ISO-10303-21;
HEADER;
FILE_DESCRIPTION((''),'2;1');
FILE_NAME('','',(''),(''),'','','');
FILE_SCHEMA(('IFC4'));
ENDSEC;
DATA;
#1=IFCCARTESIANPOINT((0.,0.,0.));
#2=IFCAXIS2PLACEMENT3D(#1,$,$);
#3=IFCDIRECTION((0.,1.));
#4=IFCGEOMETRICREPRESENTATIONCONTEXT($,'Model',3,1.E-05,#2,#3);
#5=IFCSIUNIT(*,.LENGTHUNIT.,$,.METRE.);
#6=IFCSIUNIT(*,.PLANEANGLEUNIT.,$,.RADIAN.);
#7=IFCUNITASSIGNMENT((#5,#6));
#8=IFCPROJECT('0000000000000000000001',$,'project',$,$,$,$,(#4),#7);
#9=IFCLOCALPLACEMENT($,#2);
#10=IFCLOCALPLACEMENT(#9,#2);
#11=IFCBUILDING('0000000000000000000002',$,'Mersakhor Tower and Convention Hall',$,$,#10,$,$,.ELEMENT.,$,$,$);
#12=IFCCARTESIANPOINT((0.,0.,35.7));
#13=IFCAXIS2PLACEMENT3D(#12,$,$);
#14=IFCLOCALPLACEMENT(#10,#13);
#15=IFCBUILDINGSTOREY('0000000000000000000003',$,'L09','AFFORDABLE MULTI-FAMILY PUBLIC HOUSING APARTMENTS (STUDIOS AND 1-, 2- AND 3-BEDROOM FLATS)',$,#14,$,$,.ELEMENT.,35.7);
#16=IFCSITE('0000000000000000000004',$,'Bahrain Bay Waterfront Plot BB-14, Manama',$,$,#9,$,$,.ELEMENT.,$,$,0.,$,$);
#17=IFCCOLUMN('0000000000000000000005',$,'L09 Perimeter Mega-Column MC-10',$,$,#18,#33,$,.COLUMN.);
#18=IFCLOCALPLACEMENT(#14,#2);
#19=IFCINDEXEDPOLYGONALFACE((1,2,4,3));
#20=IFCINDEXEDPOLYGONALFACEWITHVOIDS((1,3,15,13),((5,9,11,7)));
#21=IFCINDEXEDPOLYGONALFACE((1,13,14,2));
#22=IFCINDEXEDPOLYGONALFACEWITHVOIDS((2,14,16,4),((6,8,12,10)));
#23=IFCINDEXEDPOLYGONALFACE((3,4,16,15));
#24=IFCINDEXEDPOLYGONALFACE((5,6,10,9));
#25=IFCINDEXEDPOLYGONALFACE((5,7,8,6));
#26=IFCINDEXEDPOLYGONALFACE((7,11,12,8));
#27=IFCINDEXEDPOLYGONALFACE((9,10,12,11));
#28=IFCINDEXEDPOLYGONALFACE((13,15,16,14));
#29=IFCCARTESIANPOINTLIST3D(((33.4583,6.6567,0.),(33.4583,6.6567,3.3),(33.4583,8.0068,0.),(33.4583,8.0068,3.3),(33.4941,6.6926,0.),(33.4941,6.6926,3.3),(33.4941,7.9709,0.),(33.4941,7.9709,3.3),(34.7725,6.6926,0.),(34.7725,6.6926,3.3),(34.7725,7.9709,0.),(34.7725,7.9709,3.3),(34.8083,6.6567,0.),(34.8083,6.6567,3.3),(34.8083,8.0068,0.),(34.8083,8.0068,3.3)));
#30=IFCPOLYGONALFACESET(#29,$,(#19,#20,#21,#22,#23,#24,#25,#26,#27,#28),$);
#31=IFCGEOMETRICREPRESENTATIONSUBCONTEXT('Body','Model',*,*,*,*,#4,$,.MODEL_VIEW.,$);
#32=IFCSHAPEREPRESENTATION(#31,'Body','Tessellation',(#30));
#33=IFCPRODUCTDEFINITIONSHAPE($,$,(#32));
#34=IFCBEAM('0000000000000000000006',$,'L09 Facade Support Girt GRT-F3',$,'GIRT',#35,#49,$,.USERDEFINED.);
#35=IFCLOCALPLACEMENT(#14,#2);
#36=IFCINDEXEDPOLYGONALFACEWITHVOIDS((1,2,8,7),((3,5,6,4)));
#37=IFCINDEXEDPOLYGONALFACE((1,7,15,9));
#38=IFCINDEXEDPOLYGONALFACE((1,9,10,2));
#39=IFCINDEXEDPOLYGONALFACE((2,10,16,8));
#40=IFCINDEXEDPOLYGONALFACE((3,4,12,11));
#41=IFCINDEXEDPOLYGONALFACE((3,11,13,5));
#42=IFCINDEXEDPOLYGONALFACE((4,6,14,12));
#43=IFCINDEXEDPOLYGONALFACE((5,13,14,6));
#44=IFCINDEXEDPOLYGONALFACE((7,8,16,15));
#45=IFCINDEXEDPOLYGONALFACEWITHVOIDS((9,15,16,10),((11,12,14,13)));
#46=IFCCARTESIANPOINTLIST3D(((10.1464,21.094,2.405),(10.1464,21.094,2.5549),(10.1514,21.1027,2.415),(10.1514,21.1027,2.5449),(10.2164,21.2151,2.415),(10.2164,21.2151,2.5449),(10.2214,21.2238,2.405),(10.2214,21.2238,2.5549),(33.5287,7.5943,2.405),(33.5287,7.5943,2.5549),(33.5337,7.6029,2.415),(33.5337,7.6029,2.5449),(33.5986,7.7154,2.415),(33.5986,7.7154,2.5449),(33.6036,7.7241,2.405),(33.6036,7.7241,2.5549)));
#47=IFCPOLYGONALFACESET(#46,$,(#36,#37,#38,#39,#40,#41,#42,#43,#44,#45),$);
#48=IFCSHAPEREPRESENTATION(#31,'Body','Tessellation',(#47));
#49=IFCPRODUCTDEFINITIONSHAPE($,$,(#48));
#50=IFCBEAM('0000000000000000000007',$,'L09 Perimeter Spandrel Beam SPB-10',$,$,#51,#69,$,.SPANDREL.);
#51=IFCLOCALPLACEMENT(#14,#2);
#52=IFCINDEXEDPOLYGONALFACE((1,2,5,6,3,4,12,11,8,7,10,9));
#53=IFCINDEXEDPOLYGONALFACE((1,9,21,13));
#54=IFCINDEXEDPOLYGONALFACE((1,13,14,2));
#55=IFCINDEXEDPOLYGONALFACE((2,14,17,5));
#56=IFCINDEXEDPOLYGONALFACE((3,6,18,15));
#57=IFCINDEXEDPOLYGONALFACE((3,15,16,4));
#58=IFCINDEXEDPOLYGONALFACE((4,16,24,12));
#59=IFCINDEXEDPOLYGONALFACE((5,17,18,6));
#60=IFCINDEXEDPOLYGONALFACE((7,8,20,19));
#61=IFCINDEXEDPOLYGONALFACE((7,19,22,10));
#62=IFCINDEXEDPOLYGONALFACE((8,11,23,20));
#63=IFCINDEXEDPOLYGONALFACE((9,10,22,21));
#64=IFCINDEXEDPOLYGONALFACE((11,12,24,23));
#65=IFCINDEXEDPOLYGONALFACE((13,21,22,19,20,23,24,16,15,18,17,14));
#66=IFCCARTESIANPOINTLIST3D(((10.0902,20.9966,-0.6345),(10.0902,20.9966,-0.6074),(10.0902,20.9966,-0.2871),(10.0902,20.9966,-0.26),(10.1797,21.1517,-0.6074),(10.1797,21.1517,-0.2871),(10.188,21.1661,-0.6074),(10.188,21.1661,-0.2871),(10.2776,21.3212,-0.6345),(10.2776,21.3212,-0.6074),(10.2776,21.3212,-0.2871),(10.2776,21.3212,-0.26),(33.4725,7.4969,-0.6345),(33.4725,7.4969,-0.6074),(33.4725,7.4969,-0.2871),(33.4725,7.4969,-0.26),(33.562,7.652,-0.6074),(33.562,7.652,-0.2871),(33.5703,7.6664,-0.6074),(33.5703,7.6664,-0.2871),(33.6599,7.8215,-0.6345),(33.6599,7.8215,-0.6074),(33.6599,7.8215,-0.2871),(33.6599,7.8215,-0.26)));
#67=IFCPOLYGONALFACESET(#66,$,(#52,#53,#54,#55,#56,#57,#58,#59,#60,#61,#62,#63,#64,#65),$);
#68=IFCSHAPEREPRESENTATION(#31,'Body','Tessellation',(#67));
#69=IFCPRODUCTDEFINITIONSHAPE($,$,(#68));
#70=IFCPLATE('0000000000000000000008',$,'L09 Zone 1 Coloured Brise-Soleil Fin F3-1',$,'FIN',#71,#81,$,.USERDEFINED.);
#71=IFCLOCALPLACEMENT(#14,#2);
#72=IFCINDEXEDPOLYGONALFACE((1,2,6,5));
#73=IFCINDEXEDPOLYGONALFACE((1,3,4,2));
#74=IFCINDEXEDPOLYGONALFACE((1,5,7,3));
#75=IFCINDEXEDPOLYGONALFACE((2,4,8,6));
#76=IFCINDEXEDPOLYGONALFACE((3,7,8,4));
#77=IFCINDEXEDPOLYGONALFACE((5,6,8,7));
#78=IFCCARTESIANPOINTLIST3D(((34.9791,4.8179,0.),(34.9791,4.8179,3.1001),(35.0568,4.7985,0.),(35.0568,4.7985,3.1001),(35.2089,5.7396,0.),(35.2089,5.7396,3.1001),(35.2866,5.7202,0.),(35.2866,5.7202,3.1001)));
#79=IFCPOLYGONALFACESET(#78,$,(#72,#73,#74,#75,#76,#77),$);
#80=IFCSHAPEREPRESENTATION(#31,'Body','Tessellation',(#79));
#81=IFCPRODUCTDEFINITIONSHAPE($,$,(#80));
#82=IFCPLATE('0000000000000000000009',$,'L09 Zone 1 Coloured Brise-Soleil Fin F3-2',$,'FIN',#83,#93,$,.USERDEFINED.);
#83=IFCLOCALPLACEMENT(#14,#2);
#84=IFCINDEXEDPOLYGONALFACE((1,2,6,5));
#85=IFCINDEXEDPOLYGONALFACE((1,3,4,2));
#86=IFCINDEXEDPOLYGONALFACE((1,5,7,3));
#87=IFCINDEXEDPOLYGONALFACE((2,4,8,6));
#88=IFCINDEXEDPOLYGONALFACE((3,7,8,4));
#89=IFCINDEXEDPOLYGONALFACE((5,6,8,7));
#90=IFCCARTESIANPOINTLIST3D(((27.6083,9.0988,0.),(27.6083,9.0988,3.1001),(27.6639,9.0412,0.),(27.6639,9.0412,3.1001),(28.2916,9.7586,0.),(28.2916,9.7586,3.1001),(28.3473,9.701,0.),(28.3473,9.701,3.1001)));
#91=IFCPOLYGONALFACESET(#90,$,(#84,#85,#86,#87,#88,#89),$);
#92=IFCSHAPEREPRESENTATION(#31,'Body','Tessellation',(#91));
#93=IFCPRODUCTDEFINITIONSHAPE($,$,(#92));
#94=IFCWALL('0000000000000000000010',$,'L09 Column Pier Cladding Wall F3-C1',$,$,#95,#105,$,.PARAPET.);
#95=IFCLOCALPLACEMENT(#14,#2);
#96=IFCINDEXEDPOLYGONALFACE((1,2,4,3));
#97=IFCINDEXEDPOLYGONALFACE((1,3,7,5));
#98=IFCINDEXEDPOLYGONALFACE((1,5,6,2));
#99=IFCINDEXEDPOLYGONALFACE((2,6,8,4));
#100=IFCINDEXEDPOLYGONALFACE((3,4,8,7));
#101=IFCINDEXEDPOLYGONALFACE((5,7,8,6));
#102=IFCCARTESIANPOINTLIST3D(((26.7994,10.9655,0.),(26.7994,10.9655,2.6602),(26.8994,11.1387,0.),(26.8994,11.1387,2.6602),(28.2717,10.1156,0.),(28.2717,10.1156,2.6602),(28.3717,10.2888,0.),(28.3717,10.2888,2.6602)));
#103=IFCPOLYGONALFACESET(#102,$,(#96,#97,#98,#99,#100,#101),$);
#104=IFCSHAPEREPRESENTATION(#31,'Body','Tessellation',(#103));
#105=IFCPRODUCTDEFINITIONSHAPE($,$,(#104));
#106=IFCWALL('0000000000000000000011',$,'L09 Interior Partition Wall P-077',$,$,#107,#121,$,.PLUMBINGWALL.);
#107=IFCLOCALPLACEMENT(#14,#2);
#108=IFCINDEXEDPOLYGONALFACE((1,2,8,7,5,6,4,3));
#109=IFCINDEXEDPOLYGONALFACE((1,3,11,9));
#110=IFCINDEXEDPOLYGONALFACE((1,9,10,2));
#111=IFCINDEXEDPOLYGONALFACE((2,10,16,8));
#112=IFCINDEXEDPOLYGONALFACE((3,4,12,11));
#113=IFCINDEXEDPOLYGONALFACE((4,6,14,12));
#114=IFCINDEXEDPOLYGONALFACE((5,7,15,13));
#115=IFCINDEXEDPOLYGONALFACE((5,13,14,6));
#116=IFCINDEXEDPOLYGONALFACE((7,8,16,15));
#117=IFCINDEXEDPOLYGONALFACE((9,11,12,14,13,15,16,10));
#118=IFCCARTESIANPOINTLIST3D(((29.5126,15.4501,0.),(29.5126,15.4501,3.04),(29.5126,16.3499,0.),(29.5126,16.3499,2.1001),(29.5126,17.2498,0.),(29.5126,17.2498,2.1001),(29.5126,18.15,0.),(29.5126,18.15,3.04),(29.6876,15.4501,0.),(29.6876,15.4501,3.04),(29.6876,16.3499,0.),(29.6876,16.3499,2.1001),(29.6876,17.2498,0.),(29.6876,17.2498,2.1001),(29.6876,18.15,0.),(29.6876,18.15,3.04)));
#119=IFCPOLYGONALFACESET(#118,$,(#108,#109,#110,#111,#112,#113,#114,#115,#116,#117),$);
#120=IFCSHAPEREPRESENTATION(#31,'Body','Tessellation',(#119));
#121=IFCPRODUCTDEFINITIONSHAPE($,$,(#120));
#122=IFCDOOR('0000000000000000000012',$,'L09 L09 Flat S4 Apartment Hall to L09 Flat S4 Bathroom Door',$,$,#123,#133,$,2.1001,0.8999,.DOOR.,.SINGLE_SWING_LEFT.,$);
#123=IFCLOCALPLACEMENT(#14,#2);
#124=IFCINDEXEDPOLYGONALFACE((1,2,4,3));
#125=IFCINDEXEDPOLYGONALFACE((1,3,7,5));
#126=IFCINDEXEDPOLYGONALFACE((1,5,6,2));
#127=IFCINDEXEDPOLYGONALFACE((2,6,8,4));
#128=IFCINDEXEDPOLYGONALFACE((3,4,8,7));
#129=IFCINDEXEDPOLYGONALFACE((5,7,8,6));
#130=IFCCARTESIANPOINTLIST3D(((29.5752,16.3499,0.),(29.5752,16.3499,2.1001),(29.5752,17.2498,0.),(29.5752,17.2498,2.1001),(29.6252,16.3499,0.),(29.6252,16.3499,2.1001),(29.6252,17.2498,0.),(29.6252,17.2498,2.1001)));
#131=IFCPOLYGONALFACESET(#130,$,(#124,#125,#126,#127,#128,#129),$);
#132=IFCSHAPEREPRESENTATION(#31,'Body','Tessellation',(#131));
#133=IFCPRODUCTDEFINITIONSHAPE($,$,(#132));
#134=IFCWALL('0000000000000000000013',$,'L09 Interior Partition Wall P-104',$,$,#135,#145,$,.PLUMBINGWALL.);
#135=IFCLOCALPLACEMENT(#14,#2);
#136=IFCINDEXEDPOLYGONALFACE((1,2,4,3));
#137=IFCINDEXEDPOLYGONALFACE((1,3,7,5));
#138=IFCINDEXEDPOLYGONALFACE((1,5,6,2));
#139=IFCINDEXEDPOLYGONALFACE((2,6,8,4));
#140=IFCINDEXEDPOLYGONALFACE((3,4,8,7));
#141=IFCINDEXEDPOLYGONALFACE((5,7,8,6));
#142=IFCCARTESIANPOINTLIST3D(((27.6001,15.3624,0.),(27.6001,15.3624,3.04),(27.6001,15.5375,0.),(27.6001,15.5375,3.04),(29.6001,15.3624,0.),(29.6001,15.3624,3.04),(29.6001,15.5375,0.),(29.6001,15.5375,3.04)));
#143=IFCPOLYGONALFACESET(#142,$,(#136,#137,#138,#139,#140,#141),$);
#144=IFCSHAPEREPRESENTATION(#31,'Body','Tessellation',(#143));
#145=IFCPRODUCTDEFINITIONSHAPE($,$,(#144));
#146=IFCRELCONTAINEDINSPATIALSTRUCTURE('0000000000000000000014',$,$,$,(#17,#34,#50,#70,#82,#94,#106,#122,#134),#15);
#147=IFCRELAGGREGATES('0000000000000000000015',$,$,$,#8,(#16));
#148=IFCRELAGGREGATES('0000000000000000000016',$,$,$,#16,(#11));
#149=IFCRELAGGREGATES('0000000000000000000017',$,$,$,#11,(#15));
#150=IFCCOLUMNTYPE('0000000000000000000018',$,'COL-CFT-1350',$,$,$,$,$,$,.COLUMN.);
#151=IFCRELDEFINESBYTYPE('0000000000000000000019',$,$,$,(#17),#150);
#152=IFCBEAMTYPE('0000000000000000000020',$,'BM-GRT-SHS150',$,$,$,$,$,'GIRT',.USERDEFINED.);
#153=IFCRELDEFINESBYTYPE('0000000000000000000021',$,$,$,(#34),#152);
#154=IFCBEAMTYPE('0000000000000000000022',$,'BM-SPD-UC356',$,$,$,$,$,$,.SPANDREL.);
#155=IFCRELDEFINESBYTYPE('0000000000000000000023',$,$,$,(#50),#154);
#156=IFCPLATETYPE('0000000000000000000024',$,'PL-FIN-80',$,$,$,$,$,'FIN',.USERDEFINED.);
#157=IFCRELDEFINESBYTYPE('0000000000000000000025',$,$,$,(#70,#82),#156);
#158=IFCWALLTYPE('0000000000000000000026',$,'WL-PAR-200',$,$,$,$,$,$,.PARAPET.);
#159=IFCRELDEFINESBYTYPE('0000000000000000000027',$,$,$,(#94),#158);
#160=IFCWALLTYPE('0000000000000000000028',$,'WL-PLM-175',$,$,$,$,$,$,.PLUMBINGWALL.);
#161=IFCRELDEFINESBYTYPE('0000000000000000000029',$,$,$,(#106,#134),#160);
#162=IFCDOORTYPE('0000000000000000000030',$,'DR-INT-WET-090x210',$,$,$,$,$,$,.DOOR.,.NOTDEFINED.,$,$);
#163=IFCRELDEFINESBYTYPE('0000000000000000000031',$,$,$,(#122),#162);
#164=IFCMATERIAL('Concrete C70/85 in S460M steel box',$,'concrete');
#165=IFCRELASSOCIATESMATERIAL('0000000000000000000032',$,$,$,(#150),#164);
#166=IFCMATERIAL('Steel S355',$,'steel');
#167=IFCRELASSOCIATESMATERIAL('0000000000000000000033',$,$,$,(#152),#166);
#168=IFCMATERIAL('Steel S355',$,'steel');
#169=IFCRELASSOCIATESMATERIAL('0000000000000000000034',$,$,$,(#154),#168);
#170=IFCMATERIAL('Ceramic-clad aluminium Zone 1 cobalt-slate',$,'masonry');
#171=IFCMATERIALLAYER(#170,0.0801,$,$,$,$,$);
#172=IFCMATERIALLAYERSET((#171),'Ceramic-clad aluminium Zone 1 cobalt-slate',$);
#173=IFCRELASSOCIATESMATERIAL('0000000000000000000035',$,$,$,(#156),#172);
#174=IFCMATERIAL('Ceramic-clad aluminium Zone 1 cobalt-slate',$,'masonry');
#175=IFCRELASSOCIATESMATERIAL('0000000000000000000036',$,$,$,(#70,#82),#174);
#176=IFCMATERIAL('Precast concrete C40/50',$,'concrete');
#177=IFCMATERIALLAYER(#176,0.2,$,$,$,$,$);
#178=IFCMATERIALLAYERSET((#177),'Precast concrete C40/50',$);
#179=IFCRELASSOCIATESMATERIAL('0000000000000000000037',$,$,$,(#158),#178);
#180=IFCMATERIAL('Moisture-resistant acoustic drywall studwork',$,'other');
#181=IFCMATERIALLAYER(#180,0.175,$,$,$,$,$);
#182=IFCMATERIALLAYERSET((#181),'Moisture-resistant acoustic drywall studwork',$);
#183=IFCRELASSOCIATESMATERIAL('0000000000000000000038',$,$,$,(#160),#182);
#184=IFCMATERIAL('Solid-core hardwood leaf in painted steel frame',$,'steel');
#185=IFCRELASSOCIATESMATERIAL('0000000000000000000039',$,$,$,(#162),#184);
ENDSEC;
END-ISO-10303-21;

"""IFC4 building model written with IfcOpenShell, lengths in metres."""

from ifc_helpers import new_model, si_unit, direction, frame, frame_2d, origin, origin_2d, place, context, subcontext, project, spatial, rectangle, hollow_rectangle, i_section, extrude, material, layer, layer_set, material_profile, profile_set, type_object, element, fill, save


model = new_model("IFC4")

# Units and contexts
model_context = context("Model", 3, precision=1e-05, world=origin(), true_north=direction((0.0, 1.0)))
body_context = subcontext(model_context, "Body", "Model", "MODEL_VIEW")
ifc_project = project(units=[si_unit("LENGTHUNIT", "METRE"), si_unit("PLANEANGLEUNIT", "RADIAN")], contexts=[model_context])

# Site, building, storey
site_placement = place(None, origin())
site = spatial("IfcSite", under=ifc_project, at=site_placement, Name="Bahrain Bay Waterfront Plot BB-14, Manama", CompositionType="ELEMENT", RefElevation=0.0)
building_placement = place(site_placement, origin())
building = spatial("IfcBuilding", under=site, at=building_placement, Name="Mersakhor Tower and Convention Hall", CompositionType="ELEMENT")
storey_placement = place(building_placement, frame((0.0, 0.0, 35.7)))
storey = spatial("IfcBuildingStorey", under=building, at=storey_placement, Name="L09", Description="AFFORDABLE MULTI-FAMILY PUBLIC HOUSING APARTMENTS (STUDIOS AND 1-, 2- AND 3-BEDROOM FLATS)", CompositionType="ELEMENT", Elevation=35.7)

# Column
ifc_material_1 = material(Name="Concrete C70/85 in S460M steel box", Category="concrete")
ifc_material_profile_1 = material_profile(ifc_material_1, hollow_rectangle(XDim=1.3501, YDim=1.3501, WallThickness=0.0359, at=origin_2d()), Name="SHS 1350x1350x36")
ifc_profile_set_1 = profile_set([ifc_material_profile_1], Name="Concrete C70/85 in S460M steel box")
column_type = type_object("IfcColumnType", Name="COL-CFT-1350", PredefinedType="COLUMN", material=ifc_profile_set_1)
column_placement = place(storey_placement, frame((34.1333, 7.3318, 0.0), z_axis=(0.0, 0.0, 1.0), x_axis=(1.0, 0.0, 0.0)))
element("IfcColumn", 1, at=column_placement, inside=storey, type_object=column_type, Name="L09 Perimeter Mega-Column MC-10", PredefinedType="COLUMN", context=body_context, shape_type="SweptSolid", body=[
    extrude(hollow_rectangle(XDim=1.3501, YDim=1.3501, WallThickness=0.0359, at=origin_2d()), origin(), (0.0, 0.0, 1.0), 3.3),
])

# Beams
ifc_material_2 = material(Name="Steel S355", Category="steel")
ifc_material_profile_2 = material_profile(ifc_material_2, hollow_rectangle(XDim=0.1499, YDim=0.1499, WallThickness=0.01, at=origin_2d()), Name="SHS 150x150x10")
ifc_profile_set_2 = profile_set([ifc_material_profile_2], Name="Steel S355")
beam_type_1 = type_object("IfcBeamType", Name="BM-GRT-SHS150", ElementType="GIRT", PredefinedType="USERDEFINED", material=ifc_profile_set_2)
beam_1_placement = place(storey_placement, frame((33.5662, 7.6592, 2.48), z_axis=(-0.866026, 0.499999, 0.0), x_axis=(-0.499999, -0.866026, 0.0)))
element("IfcBeam", 2, at=beam_1_placement, inside=storey, type_object=beam_type_1, Name="L09 Facade Support Girt GRT-F3", ObjectType="GIRT", PredefinedType="USERDEFINED", context=body_context, shape_type="SweptSolid", body=[
    extrude(hollow_rectangle(XDim=0.1499, YDim=0.1499, WallThickness=0.01, at=origin_2d()), origin(), (0.0, 0.0, 1.0), 26.9995),
])
ifc_material_3 = material(Name="Steel S355", Category="steel")
ifc_material_profile_3 = material_profile(ifc_material_3, i_section(OverallWidth=0.3748, OverallDepth=0.3745, WebThickness=0.0166, FlangeThickness=0.0271, at=origin_2d()), Name="UC 356x368x202")
ifc_profile_set_3 = profile_set([ifc_material_profile_3], Name="Steel S355")
beam_type_2 = type_object("IfcBeamType", Name="BM-SPD-UC356", PredefinedType="SPANDREL", material=ifc_profile_set_3)
beam_2_placement = place(storey_placement, frame((33.5662, 7.6592, -0.4473), z_axis=(-0.866026, 0.499999, 0.0), x_axis=(-0.499999, -0.866026, 0.0)))
element("IfcBeam", 3, at=beam_2_placement, inside=storey, type_object=beam_type_2, Name="L09 Perimeter Spandrel Beam SPB-10", PredefinedType="SPANDREL", context=body_context, shape_type="SweptSolid", body=[
    extrude(i_section(OverallWidth=0.3748, OverallDepth=0.3745, WebThickness=0.0166, FlangeThickness=0.0271, at=origin_2d()), origin(), (0.0, 0.0, 1.0), 26.9995),
])

# Plates
ifc_material_4 = material(Name="Ceramic-clad aluminium Zone 1 cobalt-slate", Category="masonry")
ifc_material_5 = material(Name="Ceramic-clad aluminium Zone 1 cobalt-slate", Category="masonry")
ifc_layer_1 = layer(ifc_material_5, 0.0801)
ifc_layer_set_1 = layer_set([ifc_layer_1], Name="Ceramic-clad aluminium Zone 1 cobalt-slate")
plate_type = type_object("IfcPlateType", Name="PL-FIN-80", ElementType="FIN", PredefinedType="USERDEFINED", material=ifc_layer_set_1)
for number, where, z_axis, x_axis, name in (
    (4, (35.1328, 5.269, 0.0), (0.0, 0.0, 1.0), (-0.241922, -0.970296, 0.0), "L09 Zone 1 Coloured Brise-Soleil Fin F3-1"),
    (5, (27.9778, 9.3999, 0.0), (0.0, 0.0, 1.0), (-0.71934, -0.694658, 0.0), "L09 Zone 1 Coloured Brise-Soleil Fin F3-2"),
):
    element("IfcPlate", number, at=place(storey_placement, frame(where, z_axis=z_axis, x_axis=x_axis)), inside=storey, type_object=plate_type, material=ifc_material_4, Name=name, ObjectType="FIN", PredefinedType="USERDEFINED", context=body_context, shape_type="SweptSolid", body=[
        extrude(rectangle(XDim=0.95, YDim=0.0801, at=origin_2d()), origin(), (0.0, 0.0, 1.0), 3.1001),
    ])

# Wall
ifc_material_6 = material(Name="Precast concrete C40/50", Category="concrete")
ifc_layer_2 = layer(ifc_material_6, 0.2)
ifc_layer_set_2 = layer_set([ifc_layer_2], Name="Precast concrete C40/50")
wall_type_1 = type_object("IfcWallType", Name="WL-PAR-200", PredefinedType="PARAPET", material=ifc_layer_set_2)
wall_1_placement = place(storey_placement, frame((28.3218, 10.2021, 0.0), z_axis=(0.0, 0.0, 1.0), x_axis=(-0.866052, 0.499955, 0.0)))
element("IfcWall", 6, at=wall_1_placement, inside=storey, type_object=wall_type_1, Name="L09 Column Pier Cladding Wall F3-C1", PredefinedType="PARAPET", context=body_context, shape_type="SweptSolid", body=[
    extrude(rectangle(XDim=1.7, YDim=0.2, at=frame_2d((0.8501, 0.0))), origin(), (0.0, 0.0, 1.0), 2.6602),
])

# Wall, opening, door
ifc_material_7 = material(Name="Moisture-resistant acoustic drywall studwork", Category="other")
ifc_layer_3 = layer(ifc_material_7, 0.175)
ifc_layer_set_3 = layer_set([ifc_layer_3], Name="Moisture-resistant acoustic drywall studwork")
wall_type_2 = type_object("IfcWallType", Name="WL-PLM-175", PredefinedType="PLUMBINGWALL", material=ifc_layer_set_3)
wall_2_placement = place(storey_placement, frame((29.6001, 15.45, 0.0), z_axis=(0.0, 0.0, 1.0), x_axis=(0.0, 1.0, 0.0)))
wall_2 = element("IfcWall", 7, at=wall_2_placement, inside=storey, type_object=wall_type_2, Name="L09 Interior Partition Wall P-077", PredefinedType="PLUMBINGWALL", context=body_context, shape_type="SweptSolid", body=[
    extrude(rectangle(XDim=2.7, YDim=0.175, at=frame_2d((1.3501, 0.0))), origin(), (0.0, 0.0, 1.0), 3.04),
])
opening_1_placement = place(wall_2_placement, frame((0.8999, 0.0, 0.0)))
opening_1 = element("IfcOpeningElement", 8, at=opening_1_placement, cuts=wall_2, PredefinedType="OPENING", context=body_context, shape_type="SweptSolid", body=[
    extrude(rectangle(XDim=0.8999, YDim=2.1001, at=frame_2d((0.45, 1.05))), frame((0.0, 0.0974, 0.0), z_axis=(0.0, -1.0, 0.0), x_axis=(1.0, 0.0, 0.0)), (0.0, 0.0, 1.0), 0.1951),
])
ifc_material_8 = material(Name="Solid-core hardwood leaf in painted steel frame", Category="steel")
door_type_1 = type_object("IfcDoorType", Name="DR-INT-WET-090x210", OperationType="NOTDEFINED", PredefinedType="DOOR", material=ifc_material_8)
door_1_placement = place(opening_1_placement, origin())
door_1 = element("IfcDoor", 9, at=door_1_placement, inside=storey, type_object=door_type_1, Name="L09 L09 Flat S4 Apartment Hall to L09 Flat S4 Bathroom Door", OperationType="SINGLE_SWING_LEFT", OverallHeight=2.1001, OverallWidth=0.8999, PredefinedType="DOOR", context=body_context, shape_type="SweptSolid", body=[
    extrude(rectangle(XDim=0.8999, YDim=2.1001, at=frame_2d((0.45, 1.05))), frame((0.0, 0.0249, 0.0), z_axis=(0.0, -1.0, 0.0), x_axis=(1.0, 0.0, 0.0)), (0.0, 0.0, 1.0), 0.05),
])
fill(opening_1, door_1)

# Wall
wall_3_placement = place(storey_placement, frame((29.6001, 15.45, 0.0), z_axis=(0.0, 0.0, 1.0), x_axis=(-1.0, 0.0, 0.0)))
element("IfcWall", 10, at=wall_3_placement, inside=storey, type_object=wall_type_2, Name="L09 Interior Partition Wall P-104", PredefinedType="PLUMBINGWALL", context=body_context, shape_type="SweptSolid", body=[
    extrude(rectangle(XDim=2.0, YDim=0.175, at=frame_2d((1.0, 0.0))), origin(), (0.0, 0.0, 1.0), 3.04),
])

save(model, "model.ifc")
